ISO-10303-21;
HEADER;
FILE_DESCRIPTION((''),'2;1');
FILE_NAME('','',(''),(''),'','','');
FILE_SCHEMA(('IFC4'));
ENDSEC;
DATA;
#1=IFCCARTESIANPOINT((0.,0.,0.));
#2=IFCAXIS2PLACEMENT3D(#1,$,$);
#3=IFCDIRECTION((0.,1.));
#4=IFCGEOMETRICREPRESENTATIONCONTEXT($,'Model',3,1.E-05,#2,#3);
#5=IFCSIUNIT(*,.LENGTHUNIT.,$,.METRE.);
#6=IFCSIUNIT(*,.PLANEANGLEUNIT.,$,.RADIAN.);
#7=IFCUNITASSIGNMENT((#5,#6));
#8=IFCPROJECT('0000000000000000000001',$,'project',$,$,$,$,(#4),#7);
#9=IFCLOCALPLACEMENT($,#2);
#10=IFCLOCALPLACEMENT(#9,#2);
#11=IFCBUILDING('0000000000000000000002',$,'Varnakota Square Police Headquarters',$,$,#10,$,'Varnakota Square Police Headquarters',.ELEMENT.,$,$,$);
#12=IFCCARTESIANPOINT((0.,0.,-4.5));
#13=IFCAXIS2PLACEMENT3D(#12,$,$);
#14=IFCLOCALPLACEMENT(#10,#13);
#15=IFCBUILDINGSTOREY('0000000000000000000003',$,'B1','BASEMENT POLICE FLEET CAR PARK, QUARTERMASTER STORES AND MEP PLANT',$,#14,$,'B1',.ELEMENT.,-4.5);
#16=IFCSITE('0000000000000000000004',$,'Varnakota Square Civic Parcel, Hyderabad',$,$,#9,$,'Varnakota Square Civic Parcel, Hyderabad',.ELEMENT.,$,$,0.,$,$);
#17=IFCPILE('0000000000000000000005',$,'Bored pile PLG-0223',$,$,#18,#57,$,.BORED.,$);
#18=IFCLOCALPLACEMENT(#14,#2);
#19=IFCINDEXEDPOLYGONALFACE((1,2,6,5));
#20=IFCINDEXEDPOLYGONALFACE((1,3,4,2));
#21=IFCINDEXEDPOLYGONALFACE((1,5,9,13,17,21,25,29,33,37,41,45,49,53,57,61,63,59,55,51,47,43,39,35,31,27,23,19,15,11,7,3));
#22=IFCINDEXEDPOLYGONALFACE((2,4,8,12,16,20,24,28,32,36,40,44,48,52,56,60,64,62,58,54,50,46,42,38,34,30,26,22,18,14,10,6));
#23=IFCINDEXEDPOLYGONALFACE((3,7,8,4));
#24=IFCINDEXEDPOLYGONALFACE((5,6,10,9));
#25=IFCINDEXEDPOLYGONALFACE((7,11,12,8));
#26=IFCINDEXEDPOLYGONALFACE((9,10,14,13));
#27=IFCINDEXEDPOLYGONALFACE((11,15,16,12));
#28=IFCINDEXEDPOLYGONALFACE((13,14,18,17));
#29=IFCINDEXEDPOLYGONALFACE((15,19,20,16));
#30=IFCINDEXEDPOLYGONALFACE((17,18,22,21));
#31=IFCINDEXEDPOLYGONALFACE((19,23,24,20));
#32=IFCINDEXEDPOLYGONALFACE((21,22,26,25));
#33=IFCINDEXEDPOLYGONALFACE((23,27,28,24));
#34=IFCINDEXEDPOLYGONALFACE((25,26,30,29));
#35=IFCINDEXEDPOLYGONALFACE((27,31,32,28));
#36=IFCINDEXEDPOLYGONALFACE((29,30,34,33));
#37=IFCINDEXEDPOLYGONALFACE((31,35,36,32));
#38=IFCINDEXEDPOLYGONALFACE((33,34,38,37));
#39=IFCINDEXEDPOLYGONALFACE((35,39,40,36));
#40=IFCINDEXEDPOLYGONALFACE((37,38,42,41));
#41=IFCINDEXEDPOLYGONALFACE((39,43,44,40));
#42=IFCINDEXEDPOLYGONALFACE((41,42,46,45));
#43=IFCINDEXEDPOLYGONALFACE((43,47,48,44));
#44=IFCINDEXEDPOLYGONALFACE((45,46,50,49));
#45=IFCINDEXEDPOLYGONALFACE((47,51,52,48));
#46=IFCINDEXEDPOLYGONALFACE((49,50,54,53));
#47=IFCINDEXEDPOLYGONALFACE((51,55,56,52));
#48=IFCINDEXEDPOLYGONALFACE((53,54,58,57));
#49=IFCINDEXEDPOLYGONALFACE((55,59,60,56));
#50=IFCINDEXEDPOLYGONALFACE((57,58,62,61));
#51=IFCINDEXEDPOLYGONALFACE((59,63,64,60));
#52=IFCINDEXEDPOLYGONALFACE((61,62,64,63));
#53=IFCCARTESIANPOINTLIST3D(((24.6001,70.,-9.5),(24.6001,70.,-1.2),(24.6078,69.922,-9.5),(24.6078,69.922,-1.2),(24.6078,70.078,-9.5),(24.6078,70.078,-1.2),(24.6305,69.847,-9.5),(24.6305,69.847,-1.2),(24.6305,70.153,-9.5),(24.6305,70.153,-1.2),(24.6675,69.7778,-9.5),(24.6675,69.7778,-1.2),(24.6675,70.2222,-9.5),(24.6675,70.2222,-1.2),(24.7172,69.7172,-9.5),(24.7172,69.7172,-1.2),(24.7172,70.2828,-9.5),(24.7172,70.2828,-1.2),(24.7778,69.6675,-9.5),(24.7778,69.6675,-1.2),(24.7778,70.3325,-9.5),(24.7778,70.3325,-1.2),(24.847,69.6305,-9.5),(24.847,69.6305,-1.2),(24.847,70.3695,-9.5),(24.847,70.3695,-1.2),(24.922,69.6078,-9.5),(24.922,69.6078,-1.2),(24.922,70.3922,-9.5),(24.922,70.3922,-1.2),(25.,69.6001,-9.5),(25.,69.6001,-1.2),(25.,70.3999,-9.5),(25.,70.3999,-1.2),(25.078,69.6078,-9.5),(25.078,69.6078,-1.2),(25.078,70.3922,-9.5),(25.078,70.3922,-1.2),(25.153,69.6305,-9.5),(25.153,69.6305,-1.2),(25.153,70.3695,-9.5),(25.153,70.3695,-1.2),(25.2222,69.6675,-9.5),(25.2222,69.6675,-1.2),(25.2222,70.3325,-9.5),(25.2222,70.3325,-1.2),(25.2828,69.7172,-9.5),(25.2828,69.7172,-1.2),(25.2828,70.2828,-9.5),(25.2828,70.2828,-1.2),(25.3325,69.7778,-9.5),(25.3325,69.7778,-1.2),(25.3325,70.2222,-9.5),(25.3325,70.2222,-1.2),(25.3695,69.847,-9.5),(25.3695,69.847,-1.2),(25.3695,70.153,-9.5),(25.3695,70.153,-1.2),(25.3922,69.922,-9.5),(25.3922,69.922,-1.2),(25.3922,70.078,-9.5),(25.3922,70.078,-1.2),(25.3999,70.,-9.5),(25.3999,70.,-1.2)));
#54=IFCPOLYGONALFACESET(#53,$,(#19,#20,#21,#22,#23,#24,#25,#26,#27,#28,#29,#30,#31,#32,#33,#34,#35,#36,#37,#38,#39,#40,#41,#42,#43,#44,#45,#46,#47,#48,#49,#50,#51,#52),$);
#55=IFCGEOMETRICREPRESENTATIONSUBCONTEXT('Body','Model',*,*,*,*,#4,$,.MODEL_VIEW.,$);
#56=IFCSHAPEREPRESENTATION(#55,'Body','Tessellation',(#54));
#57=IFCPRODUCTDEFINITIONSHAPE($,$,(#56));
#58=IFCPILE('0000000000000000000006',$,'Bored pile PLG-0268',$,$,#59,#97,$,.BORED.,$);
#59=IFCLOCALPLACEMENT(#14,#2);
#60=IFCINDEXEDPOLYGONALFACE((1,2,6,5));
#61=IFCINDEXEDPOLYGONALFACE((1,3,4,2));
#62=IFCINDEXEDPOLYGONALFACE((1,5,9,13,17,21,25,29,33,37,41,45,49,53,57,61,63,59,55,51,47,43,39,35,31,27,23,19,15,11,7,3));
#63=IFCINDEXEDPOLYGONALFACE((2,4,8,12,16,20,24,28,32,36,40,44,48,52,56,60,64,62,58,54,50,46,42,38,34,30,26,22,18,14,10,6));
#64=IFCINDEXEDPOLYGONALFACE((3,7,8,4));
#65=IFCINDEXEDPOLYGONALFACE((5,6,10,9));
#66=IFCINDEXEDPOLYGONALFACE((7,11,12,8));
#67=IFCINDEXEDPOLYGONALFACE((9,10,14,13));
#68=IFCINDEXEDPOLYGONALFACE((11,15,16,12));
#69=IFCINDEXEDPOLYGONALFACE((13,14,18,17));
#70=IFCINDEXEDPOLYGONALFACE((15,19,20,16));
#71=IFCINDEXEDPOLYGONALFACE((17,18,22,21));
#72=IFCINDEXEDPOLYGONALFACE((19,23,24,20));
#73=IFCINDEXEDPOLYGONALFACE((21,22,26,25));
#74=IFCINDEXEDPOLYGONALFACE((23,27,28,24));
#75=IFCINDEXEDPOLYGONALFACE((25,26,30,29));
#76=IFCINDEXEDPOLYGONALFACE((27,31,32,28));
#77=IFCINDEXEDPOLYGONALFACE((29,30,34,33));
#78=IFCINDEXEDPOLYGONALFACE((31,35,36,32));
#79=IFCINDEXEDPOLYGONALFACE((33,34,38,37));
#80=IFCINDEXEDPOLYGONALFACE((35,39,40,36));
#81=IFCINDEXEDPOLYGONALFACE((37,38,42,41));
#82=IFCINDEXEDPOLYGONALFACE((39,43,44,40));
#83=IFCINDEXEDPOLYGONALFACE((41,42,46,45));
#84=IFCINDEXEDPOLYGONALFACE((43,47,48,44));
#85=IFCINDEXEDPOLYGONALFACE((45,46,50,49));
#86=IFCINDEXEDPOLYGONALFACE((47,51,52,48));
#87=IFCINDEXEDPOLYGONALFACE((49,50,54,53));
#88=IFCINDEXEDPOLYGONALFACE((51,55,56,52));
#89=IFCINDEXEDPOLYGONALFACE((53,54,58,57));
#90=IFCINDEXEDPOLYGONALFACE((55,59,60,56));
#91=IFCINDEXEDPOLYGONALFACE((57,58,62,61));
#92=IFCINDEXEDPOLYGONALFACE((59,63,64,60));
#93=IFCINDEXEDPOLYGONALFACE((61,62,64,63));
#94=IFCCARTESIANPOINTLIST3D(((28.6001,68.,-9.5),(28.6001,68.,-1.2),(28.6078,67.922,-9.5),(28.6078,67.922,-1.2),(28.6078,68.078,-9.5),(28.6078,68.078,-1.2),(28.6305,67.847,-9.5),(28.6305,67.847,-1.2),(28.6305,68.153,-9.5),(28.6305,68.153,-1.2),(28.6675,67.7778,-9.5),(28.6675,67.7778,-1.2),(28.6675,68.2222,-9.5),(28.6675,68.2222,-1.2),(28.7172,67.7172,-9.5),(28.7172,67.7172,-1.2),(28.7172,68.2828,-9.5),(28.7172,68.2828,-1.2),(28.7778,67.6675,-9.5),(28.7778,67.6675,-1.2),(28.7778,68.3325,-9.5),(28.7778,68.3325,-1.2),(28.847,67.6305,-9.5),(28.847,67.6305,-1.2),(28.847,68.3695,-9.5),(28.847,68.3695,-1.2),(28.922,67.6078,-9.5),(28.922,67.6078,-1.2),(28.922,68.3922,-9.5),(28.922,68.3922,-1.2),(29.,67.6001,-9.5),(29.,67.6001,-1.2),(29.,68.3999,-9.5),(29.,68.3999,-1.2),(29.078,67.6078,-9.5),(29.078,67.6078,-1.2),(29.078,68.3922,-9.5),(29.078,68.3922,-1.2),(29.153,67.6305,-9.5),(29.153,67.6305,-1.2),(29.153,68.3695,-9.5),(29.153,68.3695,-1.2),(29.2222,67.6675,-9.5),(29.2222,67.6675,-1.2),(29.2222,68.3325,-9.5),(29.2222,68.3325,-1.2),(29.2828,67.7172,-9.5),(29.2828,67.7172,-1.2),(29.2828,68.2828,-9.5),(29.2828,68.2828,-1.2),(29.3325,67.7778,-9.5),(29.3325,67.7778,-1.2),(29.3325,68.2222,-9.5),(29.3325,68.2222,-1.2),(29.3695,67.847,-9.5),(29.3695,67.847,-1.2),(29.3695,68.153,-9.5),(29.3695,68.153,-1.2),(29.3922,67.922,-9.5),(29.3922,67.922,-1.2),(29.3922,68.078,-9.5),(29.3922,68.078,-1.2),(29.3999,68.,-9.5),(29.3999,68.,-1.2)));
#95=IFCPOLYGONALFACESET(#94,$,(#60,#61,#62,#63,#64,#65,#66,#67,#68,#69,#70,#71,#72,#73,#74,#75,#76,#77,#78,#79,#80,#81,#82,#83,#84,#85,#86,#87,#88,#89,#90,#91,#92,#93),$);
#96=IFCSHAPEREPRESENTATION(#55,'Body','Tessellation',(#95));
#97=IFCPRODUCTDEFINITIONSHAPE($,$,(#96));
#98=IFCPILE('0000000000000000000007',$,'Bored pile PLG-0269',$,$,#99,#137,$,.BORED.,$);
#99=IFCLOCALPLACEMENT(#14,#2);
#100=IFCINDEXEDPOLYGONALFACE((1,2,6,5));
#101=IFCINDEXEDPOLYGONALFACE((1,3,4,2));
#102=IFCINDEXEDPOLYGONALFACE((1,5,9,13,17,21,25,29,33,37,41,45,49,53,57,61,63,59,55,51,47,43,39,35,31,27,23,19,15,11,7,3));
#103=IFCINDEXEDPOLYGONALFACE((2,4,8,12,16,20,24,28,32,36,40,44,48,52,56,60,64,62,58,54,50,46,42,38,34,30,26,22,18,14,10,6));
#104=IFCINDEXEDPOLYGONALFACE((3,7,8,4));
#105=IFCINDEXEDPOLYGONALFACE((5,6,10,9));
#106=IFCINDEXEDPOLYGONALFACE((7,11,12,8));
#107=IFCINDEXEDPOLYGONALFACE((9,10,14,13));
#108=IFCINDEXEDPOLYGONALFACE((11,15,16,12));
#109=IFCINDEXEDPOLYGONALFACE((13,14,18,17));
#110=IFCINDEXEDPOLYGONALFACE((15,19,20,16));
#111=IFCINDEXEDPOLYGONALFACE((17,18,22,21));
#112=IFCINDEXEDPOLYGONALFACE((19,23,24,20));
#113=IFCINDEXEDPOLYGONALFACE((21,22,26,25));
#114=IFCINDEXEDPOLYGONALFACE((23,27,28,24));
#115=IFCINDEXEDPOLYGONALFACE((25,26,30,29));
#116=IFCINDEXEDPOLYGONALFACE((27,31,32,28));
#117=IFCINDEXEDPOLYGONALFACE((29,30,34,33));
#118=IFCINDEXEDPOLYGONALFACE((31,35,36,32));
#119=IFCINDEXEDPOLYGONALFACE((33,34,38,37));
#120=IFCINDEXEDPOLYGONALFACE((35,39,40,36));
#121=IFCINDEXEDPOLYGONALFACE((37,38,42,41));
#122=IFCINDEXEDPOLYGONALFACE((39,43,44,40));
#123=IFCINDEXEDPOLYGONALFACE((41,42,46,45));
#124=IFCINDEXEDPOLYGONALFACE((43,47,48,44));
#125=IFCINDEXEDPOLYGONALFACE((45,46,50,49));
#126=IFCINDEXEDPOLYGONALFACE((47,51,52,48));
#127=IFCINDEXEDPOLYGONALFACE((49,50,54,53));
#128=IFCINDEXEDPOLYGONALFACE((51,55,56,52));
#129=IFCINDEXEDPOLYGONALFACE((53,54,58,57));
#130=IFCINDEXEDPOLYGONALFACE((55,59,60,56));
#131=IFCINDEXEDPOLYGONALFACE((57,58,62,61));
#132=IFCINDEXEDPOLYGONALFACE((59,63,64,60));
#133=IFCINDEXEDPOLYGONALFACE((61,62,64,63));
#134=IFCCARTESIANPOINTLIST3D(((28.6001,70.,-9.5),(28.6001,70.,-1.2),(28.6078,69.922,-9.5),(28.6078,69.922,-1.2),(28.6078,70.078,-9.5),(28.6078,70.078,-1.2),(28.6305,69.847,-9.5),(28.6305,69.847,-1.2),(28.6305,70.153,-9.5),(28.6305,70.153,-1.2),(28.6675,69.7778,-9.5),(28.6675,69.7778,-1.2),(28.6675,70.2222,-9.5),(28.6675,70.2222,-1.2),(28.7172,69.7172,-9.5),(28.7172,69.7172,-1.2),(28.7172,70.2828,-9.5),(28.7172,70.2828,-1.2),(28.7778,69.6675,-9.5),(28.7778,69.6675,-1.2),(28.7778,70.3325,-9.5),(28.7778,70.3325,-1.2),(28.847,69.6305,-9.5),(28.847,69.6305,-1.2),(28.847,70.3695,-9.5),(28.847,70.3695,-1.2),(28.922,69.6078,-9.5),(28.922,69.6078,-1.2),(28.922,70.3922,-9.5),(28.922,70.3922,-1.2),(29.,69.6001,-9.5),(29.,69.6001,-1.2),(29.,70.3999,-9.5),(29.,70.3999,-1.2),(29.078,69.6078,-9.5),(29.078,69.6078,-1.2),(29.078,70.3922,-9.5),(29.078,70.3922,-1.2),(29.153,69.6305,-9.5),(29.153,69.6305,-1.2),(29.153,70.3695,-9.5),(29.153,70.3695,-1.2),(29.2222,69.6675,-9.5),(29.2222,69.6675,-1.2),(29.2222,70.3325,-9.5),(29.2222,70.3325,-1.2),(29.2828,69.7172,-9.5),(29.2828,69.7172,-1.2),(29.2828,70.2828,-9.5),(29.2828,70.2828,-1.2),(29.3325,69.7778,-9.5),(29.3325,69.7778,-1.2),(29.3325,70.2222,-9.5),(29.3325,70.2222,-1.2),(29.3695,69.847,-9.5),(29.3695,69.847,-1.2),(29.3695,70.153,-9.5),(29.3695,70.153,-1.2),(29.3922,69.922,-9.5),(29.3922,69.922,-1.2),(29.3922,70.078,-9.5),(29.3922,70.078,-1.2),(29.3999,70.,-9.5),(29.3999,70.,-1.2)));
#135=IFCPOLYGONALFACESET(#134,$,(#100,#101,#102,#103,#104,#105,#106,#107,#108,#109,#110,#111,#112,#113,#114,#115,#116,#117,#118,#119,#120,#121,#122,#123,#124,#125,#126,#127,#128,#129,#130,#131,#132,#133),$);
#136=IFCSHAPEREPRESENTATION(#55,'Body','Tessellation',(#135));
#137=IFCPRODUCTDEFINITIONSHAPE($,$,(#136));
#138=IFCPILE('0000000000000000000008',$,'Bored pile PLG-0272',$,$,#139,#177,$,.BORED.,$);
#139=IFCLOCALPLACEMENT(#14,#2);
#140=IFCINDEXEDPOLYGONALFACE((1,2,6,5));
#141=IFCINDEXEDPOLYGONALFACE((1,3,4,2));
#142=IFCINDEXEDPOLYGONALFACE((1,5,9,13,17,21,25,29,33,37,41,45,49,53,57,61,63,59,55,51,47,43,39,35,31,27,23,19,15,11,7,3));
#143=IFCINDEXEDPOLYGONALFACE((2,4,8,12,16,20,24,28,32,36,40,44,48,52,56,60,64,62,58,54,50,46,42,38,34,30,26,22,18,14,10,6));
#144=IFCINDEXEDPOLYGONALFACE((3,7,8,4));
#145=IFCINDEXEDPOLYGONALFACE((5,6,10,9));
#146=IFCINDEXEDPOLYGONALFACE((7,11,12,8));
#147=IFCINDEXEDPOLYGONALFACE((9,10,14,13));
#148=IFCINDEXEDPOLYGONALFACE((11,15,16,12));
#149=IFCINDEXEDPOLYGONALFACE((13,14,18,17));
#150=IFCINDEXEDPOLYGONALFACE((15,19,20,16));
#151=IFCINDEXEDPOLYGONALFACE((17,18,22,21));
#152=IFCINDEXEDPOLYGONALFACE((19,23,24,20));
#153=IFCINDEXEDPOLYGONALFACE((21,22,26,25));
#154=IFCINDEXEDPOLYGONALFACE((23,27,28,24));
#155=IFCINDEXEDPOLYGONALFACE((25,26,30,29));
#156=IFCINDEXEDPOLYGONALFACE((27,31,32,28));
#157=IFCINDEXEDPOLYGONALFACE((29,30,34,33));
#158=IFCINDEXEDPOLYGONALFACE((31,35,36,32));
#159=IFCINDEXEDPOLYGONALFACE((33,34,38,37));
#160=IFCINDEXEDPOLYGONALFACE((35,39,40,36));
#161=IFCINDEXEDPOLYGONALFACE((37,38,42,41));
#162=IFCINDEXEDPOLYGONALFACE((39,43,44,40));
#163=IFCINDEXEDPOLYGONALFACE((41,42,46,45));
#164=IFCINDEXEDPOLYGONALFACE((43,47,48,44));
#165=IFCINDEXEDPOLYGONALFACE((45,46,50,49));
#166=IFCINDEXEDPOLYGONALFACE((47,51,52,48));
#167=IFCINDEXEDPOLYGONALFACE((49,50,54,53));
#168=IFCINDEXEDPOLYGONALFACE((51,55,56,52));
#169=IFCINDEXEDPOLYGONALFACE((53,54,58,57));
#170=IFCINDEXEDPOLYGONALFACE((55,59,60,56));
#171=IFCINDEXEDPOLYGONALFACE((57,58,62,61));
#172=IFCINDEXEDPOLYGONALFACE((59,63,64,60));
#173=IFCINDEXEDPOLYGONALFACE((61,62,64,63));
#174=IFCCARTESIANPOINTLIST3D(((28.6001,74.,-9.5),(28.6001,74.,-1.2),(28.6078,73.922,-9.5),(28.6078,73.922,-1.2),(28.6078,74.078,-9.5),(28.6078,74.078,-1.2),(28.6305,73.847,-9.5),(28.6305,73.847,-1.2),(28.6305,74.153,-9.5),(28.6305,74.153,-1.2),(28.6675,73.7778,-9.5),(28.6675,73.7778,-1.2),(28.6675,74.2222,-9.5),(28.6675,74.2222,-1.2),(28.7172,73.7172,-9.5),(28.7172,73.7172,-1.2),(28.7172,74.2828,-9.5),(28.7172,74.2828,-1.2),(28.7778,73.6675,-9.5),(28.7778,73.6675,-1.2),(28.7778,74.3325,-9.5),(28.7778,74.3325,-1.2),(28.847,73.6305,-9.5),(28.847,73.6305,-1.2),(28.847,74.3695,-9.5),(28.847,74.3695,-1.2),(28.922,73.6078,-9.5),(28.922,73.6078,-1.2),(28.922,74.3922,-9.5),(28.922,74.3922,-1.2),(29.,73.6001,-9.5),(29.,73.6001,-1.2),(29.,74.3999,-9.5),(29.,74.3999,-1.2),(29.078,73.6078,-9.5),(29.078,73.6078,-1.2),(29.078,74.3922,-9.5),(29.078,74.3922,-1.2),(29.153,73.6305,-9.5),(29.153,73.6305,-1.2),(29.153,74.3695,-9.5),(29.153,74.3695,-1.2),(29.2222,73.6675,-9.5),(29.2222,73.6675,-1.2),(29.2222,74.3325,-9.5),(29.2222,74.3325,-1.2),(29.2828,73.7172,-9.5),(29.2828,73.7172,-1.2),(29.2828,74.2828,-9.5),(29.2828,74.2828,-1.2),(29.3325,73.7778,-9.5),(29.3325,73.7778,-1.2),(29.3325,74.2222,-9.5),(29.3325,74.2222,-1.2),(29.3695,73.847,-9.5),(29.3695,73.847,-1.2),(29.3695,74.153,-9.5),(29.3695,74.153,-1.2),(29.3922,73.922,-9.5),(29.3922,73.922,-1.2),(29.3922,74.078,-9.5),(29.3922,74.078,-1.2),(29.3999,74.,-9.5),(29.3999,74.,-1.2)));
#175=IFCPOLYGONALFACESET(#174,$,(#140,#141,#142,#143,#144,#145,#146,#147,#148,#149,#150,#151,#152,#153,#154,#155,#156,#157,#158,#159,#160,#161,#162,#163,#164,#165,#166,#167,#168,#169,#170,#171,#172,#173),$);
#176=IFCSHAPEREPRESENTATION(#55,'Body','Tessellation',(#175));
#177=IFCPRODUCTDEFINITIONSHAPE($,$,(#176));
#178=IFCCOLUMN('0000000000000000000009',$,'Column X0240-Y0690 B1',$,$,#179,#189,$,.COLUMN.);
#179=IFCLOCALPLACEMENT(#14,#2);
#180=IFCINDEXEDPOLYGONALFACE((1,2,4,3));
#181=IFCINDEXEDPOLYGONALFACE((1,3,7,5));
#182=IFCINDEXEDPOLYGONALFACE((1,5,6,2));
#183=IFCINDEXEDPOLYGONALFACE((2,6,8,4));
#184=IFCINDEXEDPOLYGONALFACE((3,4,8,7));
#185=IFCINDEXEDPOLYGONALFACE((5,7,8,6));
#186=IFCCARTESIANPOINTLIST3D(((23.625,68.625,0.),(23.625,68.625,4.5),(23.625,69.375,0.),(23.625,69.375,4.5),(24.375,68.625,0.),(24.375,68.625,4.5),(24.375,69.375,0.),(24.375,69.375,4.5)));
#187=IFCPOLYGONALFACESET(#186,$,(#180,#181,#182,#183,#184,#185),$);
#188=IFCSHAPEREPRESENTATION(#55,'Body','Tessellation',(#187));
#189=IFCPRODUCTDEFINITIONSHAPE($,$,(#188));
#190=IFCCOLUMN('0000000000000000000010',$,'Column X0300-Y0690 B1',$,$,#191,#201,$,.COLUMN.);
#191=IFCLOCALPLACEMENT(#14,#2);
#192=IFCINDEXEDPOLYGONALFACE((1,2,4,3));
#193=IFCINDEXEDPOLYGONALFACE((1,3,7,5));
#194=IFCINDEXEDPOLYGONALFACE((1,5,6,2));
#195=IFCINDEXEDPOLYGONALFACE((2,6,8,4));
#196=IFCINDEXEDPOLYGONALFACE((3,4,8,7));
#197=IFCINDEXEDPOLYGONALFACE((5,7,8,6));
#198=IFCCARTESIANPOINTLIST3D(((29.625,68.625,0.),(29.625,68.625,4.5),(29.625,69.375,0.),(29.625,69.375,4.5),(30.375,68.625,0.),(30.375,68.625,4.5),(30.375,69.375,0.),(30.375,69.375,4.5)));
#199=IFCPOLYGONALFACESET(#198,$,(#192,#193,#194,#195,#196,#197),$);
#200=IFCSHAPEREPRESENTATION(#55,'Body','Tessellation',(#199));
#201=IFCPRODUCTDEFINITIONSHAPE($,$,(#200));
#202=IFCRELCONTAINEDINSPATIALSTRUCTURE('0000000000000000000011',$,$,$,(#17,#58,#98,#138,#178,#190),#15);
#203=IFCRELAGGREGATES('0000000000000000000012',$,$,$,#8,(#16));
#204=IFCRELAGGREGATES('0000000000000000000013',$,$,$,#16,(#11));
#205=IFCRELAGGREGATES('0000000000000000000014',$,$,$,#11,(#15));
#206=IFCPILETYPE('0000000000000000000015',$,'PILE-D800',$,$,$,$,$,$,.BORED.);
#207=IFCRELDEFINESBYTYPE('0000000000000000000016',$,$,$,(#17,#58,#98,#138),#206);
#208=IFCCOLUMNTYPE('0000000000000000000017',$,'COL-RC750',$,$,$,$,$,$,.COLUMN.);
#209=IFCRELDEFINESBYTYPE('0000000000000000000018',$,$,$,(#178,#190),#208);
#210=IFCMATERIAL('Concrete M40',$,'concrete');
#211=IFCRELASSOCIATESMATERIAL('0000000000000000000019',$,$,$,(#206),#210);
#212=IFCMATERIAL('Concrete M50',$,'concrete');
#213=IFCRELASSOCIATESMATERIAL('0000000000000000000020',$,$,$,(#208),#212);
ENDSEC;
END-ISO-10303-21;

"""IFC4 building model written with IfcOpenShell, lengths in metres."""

from ifc_helpers import new_model, si_unit, direction, frame, origin, origin_2d, place, context, subcontext, project, spatial, rectangle, circle, extrude, material, material_profile, profile_set, type_object, element, save


model = new_model("IFC4")

# Units and contexts
model_context = context("Model", 3, precision=1e-05, world=origin(), true_north=direction((0.0, 1.0)))
body_context = subcontext(model_context, "Body", "Model", "MODEL_VIEW")
ifc_project = project(units=[si_unit("LENGTHUNIT", "METRE"), si_unit("PLANEANGLEUNIT", "RADIAN")], contexts=[model_context])

# Site, building, storey
site_placement = place(None, origin())
site = spatial("IfcSite", under=ifc_project, at=site_placement, Name="Varnakota Square Civic Parcel, Hyderabad", LongName="Varnakota Square Civic Parcel, Hyderabad", CompositionType="ELEMENT", RefElevation=0.0)
building_placement = place(site_placement, origin())
building = spatial("IfcBuilding", under=site, at=building_placement, Name="Varnakota Square Police Headquarters", LongName="Varnakota Square Police Headquarters", CompositionType="ELEMENT")
storey_placement = place(building_placement, frame((0.0, 0.0, -4.5)))
storey = spatial("IfcBuildingStorey", under=building, at=storey_placement, Name="B1", Description="BASEMENT POLICE FLEET CAR PARK, QUARTERMASTER STORES AND MEP PLANT", LongName="B1", CompositionType="ELEMENT", Elevation=-4.5)

# Shared definitions
ifc_material_1 = material(Name="Concrete M40", Category="concrete")

# Piles
ifc_material_profile_1 = material_profile(ifc_material_1, circle(Radius=0.3999, at=origin_2d()), Name="BORED PILE 800")
ifc_profile_set_1 = profile_set([ifc_material_profile_1], Name="Concrete M40")
pile_type = type_object("IfcPileType", Name="PILE-D800", PredefinedType="BORED", material=ifc_profile_set_1)
for number, where, z_axis, x_axis, name in (
    (1, (25.0, 70.0, -1.2), (0.0, 0.0, -1.0), (1.0, 0.0, 0.0), "Bored pile PLG-0223"),
    (2, (29.0, 68.0, -1.2), (0.0, 0.0, -1.0), (1.0, 0.0, 0.0), "Bored pile PLG-0268"),
    (3, (29.0, 70.0, -1.2), (0.0, 0.0, -1.0), (1.0, 0.0, 0.0), "Bored pile PLG-0269"),
    (4, (29.0, 74.0, -1.2), (0.0, 0.0, -1.0), (1.0, 0.0, 0.0), "Bored pile PLG-0272"),
):
    element("IfcPile", number, at=place(storey_placement, frame(where, z_axis=z_axis, x_axis=x_axis)), inside=storey, type_object=pile_type, Name=name, PredefinedType="BORED", context=body_context, shape_type="SweptSolid", body=[
        extrude(circle(Radius=0.3999, at=origin_2d()), origin(), (0.0, 0.0, 1.0), 8.3),
    ])

# Columns
ifc_material_2 = material(Name="Concrete M50", Category="concrete")
ifc_material_profile_2 = material_profile(ifc_material_2, rectangle(XDim=0.75, YDim=0.75, at=origin_2d()), Name="RC 750x750")
ifc_profile_set_2 = profile_set([ifc_material_profile_2], Name="Concrete M50")
column_type = type_object("IfcColumnType", Name="COL-RC750", PredefinedType="COLUMN", material=ifc_profile_set_2)
for number, where, z_axis, x_axis, name in (
    (5, (24.0, 69.0, 0.0), (0.0, 0.0, 1.0), (1.0, 0.0, 0.0), "Column X0240-Y0690 B1"),
    (6, (30.0, 69.0, 0.0), (0.0, 0.0, 1.0), (1.0, 0.0, 0.0), "Column X0300-Y0690 B1"),
):
    element("IfcColumn", number, at=place(storey_placement, frame(where, z_axis=z_axis, x_axis=x_axis)), inside=storey, type_object=column_type, Name=name, PredefinedType="COLUMN", context=body_context, shape_type="SweptSolid", body=[
        extrude(rectangle(XDim=0.75, YDim=0.75, at=origin_2d()), origin(), (0.0, 0.0, 1.0), 4.5),
    ])

save(model, "model.ifc")
